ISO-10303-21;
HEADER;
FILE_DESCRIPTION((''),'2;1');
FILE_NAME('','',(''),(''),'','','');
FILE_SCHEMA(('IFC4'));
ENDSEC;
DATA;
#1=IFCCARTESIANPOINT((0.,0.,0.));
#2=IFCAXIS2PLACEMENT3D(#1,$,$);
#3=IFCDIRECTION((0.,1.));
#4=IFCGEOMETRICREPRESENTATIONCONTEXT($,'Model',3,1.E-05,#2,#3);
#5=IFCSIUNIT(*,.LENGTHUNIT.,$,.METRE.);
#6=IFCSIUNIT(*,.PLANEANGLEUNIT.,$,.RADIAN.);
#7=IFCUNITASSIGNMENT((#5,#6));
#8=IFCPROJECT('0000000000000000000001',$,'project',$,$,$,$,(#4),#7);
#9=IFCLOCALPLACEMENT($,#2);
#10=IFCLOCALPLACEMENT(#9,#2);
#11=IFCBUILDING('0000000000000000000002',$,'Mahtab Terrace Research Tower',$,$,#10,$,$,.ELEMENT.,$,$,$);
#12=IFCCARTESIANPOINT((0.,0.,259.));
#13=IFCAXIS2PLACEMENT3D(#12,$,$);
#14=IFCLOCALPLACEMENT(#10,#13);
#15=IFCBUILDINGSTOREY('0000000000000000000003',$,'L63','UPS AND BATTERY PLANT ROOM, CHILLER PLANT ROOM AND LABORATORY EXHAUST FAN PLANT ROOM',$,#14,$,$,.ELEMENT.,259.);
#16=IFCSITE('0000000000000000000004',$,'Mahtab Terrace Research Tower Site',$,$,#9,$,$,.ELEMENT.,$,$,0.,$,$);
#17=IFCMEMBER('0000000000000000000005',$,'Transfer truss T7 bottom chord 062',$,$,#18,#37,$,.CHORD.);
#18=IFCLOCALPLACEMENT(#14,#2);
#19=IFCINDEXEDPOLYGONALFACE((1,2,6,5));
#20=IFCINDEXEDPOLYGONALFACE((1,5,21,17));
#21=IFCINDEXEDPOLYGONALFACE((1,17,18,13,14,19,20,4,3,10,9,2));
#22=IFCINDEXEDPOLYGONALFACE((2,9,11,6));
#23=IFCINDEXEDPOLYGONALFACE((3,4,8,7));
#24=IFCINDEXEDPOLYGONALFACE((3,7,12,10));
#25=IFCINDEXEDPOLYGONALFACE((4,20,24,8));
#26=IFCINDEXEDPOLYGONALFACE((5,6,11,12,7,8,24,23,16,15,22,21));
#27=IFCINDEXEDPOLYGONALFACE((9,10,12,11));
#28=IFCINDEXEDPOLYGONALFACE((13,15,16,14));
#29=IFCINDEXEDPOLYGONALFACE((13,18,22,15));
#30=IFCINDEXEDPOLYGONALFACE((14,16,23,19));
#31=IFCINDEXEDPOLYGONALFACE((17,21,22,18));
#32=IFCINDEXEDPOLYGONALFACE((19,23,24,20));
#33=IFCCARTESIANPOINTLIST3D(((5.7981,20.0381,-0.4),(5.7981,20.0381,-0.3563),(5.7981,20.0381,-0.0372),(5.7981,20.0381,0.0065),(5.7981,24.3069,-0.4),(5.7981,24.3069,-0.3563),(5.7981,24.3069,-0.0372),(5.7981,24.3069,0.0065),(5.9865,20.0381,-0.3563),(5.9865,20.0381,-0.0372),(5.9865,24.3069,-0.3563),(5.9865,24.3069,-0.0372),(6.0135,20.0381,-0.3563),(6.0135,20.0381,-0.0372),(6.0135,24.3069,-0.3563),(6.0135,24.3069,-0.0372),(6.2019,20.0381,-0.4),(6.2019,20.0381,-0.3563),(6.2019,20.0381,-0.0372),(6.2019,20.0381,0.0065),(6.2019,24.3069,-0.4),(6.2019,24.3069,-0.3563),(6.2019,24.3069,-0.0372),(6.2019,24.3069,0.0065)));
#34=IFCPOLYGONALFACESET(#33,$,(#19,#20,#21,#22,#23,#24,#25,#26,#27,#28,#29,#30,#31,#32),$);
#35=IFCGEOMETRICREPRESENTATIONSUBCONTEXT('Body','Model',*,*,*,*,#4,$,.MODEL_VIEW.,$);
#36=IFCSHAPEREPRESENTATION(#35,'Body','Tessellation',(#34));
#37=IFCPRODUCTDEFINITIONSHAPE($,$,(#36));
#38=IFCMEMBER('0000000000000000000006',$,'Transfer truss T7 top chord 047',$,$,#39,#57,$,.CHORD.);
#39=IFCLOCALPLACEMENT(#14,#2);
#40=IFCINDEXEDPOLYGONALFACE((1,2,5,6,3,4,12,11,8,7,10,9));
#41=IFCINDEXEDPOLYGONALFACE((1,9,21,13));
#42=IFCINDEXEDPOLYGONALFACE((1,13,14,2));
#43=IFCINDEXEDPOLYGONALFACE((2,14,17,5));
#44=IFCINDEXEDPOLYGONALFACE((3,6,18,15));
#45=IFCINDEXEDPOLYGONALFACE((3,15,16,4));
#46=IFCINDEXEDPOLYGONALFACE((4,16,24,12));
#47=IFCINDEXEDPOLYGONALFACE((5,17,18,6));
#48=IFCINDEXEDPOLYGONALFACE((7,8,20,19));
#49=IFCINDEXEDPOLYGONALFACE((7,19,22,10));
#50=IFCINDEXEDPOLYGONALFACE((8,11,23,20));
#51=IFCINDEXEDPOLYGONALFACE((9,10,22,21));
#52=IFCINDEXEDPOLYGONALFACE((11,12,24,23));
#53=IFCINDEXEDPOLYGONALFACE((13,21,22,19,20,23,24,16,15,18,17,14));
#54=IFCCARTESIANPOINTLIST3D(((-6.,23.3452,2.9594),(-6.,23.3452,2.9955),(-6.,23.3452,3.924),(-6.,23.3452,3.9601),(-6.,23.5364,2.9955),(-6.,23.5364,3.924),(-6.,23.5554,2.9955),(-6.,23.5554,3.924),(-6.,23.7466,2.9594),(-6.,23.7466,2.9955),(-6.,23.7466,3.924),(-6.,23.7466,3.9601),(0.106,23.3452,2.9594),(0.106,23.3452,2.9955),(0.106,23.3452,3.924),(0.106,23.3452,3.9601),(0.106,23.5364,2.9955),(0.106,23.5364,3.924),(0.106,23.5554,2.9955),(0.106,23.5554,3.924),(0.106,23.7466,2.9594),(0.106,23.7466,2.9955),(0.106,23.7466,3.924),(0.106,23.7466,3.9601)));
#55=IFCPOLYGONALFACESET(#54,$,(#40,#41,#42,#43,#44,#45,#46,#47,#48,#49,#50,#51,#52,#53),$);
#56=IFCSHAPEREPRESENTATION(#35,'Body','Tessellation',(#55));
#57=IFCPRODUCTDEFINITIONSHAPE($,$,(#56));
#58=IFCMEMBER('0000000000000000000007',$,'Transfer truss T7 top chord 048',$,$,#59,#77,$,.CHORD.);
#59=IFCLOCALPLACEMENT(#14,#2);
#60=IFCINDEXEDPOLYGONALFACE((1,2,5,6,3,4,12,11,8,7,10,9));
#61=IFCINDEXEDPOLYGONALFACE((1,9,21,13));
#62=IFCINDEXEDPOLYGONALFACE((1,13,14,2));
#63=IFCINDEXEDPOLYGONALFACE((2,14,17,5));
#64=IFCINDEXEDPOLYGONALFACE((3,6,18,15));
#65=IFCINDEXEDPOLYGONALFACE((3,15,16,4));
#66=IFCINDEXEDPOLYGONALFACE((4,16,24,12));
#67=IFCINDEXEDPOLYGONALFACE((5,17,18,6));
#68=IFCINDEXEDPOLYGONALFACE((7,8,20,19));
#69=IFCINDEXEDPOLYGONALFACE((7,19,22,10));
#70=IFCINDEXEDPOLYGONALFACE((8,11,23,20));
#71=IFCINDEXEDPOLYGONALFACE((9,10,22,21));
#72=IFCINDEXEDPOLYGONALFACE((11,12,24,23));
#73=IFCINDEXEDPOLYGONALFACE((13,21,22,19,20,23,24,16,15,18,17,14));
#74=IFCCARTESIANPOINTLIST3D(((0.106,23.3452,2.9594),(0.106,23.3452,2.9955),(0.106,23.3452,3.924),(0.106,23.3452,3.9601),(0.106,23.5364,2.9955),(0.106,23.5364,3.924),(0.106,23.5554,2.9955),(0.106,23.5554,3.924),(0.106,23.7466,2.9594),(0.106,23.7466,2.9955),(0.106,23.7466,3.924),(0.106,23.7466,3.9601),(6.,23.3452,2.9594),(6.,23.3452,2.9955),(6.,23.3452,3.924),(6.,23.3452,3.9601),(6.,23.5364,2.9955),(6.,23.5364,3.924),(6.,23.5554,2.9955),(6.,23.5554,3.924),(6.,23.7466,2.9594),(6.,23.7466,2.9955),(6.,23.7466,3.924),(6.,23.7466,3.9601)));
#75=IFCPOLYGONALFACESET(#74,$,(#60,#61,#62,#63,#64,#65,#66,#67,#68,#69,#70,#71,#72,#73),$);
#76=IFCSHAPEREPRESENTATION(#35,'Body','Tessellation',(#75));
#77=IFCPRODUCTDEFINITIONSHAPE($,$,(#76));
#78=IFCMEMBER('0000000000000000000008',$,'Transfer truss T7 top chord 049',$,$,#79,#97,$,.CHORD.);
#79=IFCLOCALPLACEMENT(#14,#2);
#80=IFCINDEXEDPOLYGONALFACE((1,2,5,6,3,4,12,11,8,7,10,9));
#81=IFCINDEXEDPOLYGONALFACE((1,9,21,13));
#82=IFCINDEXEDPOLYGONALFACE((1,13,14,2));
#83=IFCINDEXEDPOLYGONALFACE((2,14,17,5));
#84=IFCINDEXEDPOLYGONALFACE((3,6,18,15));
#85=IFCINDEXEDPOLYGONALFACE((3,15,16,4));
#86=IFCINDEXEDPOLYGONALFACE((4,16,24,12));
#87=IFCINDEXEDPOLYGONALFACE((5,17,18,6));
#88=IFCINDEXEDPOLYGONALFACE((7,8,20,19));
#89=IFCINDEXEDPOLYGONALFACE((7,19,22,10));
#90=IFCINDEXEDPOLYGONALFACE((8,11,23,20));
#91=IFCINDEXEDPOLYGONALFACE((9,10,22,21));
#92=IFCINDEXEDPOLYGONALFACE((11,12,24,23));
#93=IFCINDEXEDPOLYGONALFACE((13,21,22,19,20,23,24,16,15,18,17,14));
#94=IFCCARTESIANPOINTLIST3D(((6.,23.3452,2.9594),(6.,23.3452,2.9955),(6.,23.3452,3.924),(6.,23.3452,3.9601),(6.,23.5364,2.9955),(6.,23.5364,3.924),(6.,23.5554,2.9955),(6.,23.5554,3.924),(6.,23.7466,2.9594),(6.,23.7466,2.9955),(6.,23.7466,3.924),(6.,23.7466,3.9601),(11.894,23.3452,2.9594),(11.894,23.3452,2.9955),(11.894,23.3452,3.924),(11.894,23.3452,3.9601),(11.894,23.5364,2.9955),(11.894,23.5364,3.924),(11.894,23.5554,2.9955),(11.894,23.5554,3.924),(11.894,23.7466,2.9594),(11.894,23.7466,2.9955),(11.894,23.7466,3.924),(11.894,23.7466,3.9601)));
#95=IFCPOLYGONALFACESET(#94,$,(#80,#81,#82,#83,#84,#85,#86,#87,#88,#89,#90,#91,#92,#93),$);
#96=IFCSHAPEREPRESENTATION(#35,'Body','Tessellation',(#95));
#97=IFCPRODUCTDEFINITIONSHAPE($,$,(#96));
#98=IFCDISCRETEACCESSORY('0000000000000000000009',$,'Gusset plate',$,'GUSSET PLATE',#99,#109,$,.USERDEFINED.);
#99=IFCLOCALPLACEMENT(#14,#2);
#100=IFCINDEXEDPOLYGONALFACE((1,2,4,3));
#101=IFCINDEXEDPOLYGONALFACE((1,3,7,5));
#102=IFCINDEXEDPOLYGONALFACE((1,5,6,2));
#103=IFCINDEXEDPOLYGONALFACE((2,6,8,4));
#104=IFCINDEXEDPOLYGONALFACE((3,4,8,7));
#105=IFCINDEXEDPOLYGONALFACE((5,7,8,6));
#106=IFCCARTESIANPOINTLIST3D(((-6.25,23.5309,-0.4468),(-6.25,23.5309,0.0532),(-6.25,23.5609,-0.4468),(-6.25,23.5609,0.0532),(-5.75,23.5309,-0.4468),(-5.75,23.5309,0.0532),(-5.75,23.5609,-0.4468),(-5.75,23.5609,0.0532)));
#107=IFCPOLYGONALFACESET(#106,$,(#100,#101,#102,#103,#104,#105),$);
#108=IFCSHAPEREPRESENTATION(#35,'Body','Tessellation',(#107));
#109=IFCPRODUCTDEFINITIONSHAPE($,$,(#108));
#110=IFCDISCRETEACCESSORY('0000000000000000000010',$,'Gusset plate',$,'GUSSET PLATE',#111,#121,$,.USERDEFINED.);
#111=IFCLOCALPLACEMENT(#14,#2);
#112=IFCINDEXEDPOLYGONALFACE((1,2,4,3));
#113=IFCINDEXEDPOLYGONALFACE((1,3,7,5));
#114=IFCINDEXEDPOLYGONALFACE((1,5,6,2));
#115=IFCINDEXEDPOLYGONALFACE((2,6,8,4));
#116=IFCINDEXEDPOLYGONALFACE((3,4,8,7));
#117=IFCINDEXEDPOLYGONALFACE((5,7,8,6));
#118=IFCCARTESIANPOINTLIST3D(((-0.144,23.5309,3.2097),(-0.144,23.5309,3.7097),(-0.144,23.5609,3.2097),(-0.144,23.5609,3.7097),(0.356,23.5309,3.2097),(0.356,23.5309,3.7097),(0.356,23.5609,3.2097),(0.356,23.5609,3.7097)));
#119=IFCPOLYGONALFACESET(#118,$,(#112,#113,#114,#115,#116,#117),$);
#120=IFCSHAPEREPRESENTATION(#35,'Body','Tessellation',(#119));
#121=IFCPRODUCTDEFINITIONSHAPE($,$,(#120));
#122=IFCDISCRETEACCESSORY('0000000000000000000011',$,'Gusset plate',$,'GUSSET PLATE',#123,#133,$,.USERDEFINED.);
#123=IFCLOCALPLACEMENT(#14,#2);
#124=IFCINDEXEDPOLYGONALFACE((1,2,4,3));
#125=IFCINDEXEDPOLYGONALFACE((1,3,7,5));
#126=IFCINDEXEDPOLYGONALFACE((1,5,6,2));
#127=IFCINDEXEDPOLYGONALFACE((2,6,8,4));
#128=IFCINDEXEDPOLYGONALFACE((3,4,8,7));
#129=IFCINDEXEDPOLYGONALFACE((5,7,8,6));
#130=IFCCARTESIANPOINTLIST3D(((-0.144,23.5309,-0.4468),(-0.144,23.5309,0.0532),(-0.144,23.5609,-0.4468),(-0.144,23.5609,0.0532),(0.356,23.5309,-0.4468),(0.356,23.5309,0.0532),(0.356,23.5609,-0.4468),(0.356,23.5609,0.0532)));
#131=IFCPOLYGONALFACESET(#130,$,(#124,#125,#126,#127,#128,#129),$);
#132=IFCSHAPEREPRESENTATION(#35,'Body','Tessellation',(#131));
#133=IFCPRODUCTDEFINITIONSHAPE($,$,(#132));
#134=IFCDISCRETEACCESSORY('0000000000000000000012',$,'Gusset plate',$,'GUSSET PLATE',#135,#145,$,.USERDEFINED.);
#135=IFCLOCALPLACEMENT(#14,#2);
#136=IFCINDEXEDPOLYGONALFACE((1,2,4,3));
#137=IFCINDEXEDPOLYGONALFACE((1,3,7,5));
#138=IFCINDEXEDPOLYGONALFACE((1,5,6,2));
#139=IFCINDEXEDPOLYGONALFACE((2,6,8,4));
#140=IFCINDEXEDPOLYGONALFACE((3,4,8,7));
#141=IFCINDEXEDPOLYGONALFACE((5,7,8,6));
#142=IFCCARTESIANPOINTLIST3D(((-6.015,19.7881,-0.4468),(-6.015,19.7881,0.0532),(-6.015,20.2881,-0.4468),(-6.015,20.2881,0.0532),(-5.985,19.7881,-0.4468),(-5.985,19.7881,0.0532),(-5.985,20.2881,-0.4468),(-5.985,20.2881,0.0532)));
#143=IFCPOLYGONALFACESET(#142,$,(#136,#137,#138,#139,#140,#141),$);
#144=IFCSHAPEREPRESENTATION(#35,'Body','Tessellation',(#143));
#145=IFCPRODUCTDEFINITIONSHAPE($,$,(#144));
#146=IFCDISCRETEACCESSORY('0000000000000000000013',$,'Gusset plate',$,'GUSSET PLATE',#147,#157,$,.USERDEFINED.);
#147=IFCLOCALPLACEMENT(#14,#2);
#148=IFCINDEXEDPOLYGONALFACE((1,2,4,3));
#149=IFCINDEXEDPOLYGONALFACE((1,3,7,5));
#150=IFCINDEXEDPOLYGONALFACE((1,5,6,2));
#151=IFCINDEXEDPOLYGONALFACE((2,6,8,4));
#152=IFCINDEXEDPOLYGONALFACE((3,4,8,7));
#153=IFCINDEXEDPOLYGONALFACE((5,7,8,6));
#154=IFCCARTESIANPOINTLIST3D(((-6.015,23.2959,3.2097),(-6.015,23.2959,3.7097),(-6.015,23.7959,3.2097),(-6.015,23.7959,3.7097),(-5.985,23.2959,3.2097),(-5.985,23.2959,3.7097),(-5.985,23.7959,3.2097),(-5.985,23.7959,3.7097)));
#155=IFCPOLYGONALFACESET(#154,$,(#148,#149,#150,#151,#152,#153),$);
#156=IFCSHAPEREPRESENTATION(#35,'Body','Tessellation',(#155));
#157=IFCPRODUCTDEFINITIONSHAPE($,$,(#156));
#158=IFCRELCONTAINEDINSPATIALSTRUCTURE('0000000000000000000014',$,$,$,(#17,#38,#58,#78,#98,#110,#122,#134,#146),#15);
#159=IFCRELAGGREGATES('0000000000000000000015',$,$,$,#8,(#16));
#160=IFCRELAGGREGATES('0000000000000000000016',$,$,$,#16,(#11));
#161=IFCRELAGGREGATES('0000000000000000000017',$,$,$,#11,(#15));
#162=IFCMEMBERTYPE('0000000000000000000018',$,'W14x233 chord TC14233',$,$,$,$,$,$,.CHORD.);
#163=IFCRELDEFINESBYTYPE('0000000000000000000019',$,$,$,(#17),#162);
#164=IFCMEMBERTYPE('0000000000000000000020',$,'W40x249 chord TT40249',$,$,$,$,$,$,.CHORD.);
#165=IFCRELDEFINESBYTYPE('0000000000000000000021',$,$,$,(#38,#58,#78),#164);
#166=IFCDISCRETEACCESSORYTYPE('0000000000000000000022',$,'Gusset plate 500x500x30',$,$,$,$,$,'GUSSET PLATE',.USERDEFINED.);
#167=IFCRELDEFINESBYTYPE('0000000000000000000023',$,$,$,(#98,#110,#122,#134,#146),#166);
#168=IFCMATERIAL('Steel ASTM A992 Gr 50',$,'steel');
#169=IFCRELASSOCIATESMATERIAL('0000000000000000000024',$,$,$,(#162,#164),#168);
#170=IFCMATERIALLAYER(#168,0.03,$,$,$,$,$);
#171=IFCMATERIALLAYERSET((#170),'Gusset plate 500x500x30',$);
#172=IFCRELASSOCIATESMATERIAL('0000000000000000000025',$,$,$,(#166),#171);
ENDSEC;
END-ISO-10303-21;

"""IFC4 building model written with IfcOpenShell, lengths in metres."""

from ifc_helpers import new_model, si_unit, direction, frame, origin, origin_2d, place, context, subcontext, project, spatial, rectangle, i_section, extrude, material, layer, layer_set, material_profile, profile_set, type_object, element, save


model = new_model("IFC4")

# Units and contexts
model_context = context("Model", 3, precision=1e-05, world=origin(), true_north=direction((0.0, 1.0)))
body_context = subcontext(model_context, "Body", "Model", "MODEL_VIEW")
ifc_project = project(units=[si_unit("LENGTHUNIT", "METRE"), si_unit("PLANEANGLEUNIT", "RADIAN")], contexts=[model_context])

# Site, building, storey
site_placement = place(None, origin())
site = spatial("IfcSite", under=ifc_project, at=site_placement, Name="Mahtab Terrace Research Tower Site", CompositionType="ELEMENT", RefElevation=0.0)
building_placement = place(site_placement, origin())
building = spatial("IfcBuilding", under=site, at=building_placement, Name="Mahtab Terrace Research Tower", CompositionType="ELEMENT")
storey_placement = place(building_placement, frame((0.0, 0.0, 259.0)))
storey = spatial("IfcBuildingStorey", under=building, at=storey_placement, Name="L63", Description="UPS AND BATTERY PLANT ROOM, CHILLER PLANT ROOM AND LABORATORY EXHAUST FAN PLANT ROOM", CompositionType="ELEMENT", Elevation=259.0)

# Members
ifc_material_1 = material(Name="Steel ASTM A992 Gr 50", Category="steel")
ifc_material_profile_1 = material_profile(ifc_material_1, i_section(OverallWidth=0.4038, OverallDepth=0.4065, WebThickness=0.0271, FlangeThickness=0.0437, at=origin_2d()), Name="W14X233")
ifc_profile_set_1 = profile_set([ifc_material_profile_1], Name="Steel ASTM A992 Gr 50")
member_type_1 = type_object("IfcMemberType", Name="W14x233 chord TC14233", PredefinedType="CHORD", material=ifc_profile_set_1)
member_1_placement = place(storey_placement, frame((6.0, 20.0381, -0.1968), z_axis=(0.0, 1.0, 0.0), x_axis=(-1.0, 0.0, 0.0)))
element("IfcMember", 1, at=member_1_placement, inside=storey, type_object=member_type_1, Name="Transfer truss T7 bottom chord 062", PredefinedType="CHORD", context=body_context, shape_type="SweptSolid", body=[
    extrude(i_section(OverallWidth=0.4038, OverallDepth=0.4065, WebThickness=0.0271, FlangeThickness=0.0437, at=origin_2d()), origin(), (0.0, 0.0, 1.0), 4.2688),
])
ifc_material_profile_2 = material_profile(ifc_material_1, i_section(OverallWidth=0.4014, OverallDepth=1.0007, WebThickness=0.019, FlangeThickness=0.0361, at=origin_2d()), Name="W40X249")
ifc_profile_set_2 = profile_set([ifc_material_profile_2], Name="Steel ASTM A992 Gr 50")
member_type_2 = type_object("IfcMemberType", Name="W40x249 chord TT40249", PredefinedType="CHORD", material=ifc_profile_set_2)
member_2_placement = place(storey_placement, frame((-6.0, 23.5459, 3.4597), z_axis=(1.0, 0.0, 0.0), x_axis=(0.0, 1.0, 0.0)))
element("IfcMember", 2, at=member_2_placement, inside=storey, type_object=member_type_2, Name="Transfer truss T7 top chord 047", PredefinedType="CHORD", context=body_context, shape_type="SweptSolid", body=[
    extrude(i_section(OverallWidth=0.4014, OverallDepth=1.0007, WebThickness=0.019, FlangeThickness=0.0361, at=origin_2d()), origin(), (0.0, 0.0, 1.0), 6.106),
])
for number, where, z_axis, x_axis, name in (
    (3, (0.106, 23.5459, 3.4597), (1.0, 0.0, 0.0), (0.0, 1.0, 0.0), "Transfer truss T7 top chord 048"),
    (4, (6.0, 23.5459, 3.4597), (1.0, 0.0, 0.0), (0.0, 1.0, 0.0), "Transfer truss T7 top chord 049"),
):
    element("IfcMember", number, at=place(storey_placement, frame(where, z_axis=z_axis, x_axis=x_axis)), inside=storey, type_object=member_type_2, Name=name, PredefinedType="CHORD", context=body_context, shape_type="SweptSolid", body=[
        extrude(i_section(OverallWidth=0.4014, OverallDepth=1.0007, WebThickness=0.019, FlangeThickness=0.0361, at=origin_2d()), origin(), (0.0, 0.0, 1.0), 5.894),
    ])

# Discrete accessories
ifc_layer = layer(ifc_material_1, 0.03)
ifc_layer_set = layer_set([ifc_layer], Name="Gusset plate 500x500x30")
discrete_accessory_type = type_object("IfcDiscreteAccessoryType", Name="Gusset plate 500x500x30", ElementType="GUSSET PLATE", PredefinedType="USERDEFINED", material=ifc_layer_set)
for number, where, z_axis, x_axis, name in (
    (5, (-6.0, 23.5459, -0.4468), (0.0, 0.0, 1.0), (1.0, 0.0, 0.0), "Gusset plate"),
    (6, (0.106, 23.5459, 3.2097), (0.0, 0.0, 1.0), (1.0, 0.0, 0.0), "Gusset plate"),
    (7, (0.106, 23.5459, -0.4468), (0.0, 0.0, 1.0), (1.0, 0.0, 0.0), "Gusset plate"),
    (8, (-6.0, 20.0381, -0.4468), (0.0, 0.0, 1.0), (0.0, 1.0, 0.0), "Gusset plate"),
    (9, (-6.0, 23.5459, 3.2097), (0.0, 0.0, 1.0), (0.0, 1.0, 0.0), "Gusset plate"),
):
    element("IfcDiscreteAccessory", number, at=place(storey_placement, frame(where, z_axis=z_axis, x_axis=x_axis)), inside=storey, type_object=discrete_accessory_type, Name=name, ObjectType="GUSSET PLATE", PredefinedType="USERDEFINED", context=body_context, shape_type="SweptSolid", body=[
        extrude(rectangle(XDim=0.5, YDim=0.03, at=origin_2d()), origin(), (0.0, 0.0, 1.0), 0.5),
    ])

save(model, "model.ifc")
